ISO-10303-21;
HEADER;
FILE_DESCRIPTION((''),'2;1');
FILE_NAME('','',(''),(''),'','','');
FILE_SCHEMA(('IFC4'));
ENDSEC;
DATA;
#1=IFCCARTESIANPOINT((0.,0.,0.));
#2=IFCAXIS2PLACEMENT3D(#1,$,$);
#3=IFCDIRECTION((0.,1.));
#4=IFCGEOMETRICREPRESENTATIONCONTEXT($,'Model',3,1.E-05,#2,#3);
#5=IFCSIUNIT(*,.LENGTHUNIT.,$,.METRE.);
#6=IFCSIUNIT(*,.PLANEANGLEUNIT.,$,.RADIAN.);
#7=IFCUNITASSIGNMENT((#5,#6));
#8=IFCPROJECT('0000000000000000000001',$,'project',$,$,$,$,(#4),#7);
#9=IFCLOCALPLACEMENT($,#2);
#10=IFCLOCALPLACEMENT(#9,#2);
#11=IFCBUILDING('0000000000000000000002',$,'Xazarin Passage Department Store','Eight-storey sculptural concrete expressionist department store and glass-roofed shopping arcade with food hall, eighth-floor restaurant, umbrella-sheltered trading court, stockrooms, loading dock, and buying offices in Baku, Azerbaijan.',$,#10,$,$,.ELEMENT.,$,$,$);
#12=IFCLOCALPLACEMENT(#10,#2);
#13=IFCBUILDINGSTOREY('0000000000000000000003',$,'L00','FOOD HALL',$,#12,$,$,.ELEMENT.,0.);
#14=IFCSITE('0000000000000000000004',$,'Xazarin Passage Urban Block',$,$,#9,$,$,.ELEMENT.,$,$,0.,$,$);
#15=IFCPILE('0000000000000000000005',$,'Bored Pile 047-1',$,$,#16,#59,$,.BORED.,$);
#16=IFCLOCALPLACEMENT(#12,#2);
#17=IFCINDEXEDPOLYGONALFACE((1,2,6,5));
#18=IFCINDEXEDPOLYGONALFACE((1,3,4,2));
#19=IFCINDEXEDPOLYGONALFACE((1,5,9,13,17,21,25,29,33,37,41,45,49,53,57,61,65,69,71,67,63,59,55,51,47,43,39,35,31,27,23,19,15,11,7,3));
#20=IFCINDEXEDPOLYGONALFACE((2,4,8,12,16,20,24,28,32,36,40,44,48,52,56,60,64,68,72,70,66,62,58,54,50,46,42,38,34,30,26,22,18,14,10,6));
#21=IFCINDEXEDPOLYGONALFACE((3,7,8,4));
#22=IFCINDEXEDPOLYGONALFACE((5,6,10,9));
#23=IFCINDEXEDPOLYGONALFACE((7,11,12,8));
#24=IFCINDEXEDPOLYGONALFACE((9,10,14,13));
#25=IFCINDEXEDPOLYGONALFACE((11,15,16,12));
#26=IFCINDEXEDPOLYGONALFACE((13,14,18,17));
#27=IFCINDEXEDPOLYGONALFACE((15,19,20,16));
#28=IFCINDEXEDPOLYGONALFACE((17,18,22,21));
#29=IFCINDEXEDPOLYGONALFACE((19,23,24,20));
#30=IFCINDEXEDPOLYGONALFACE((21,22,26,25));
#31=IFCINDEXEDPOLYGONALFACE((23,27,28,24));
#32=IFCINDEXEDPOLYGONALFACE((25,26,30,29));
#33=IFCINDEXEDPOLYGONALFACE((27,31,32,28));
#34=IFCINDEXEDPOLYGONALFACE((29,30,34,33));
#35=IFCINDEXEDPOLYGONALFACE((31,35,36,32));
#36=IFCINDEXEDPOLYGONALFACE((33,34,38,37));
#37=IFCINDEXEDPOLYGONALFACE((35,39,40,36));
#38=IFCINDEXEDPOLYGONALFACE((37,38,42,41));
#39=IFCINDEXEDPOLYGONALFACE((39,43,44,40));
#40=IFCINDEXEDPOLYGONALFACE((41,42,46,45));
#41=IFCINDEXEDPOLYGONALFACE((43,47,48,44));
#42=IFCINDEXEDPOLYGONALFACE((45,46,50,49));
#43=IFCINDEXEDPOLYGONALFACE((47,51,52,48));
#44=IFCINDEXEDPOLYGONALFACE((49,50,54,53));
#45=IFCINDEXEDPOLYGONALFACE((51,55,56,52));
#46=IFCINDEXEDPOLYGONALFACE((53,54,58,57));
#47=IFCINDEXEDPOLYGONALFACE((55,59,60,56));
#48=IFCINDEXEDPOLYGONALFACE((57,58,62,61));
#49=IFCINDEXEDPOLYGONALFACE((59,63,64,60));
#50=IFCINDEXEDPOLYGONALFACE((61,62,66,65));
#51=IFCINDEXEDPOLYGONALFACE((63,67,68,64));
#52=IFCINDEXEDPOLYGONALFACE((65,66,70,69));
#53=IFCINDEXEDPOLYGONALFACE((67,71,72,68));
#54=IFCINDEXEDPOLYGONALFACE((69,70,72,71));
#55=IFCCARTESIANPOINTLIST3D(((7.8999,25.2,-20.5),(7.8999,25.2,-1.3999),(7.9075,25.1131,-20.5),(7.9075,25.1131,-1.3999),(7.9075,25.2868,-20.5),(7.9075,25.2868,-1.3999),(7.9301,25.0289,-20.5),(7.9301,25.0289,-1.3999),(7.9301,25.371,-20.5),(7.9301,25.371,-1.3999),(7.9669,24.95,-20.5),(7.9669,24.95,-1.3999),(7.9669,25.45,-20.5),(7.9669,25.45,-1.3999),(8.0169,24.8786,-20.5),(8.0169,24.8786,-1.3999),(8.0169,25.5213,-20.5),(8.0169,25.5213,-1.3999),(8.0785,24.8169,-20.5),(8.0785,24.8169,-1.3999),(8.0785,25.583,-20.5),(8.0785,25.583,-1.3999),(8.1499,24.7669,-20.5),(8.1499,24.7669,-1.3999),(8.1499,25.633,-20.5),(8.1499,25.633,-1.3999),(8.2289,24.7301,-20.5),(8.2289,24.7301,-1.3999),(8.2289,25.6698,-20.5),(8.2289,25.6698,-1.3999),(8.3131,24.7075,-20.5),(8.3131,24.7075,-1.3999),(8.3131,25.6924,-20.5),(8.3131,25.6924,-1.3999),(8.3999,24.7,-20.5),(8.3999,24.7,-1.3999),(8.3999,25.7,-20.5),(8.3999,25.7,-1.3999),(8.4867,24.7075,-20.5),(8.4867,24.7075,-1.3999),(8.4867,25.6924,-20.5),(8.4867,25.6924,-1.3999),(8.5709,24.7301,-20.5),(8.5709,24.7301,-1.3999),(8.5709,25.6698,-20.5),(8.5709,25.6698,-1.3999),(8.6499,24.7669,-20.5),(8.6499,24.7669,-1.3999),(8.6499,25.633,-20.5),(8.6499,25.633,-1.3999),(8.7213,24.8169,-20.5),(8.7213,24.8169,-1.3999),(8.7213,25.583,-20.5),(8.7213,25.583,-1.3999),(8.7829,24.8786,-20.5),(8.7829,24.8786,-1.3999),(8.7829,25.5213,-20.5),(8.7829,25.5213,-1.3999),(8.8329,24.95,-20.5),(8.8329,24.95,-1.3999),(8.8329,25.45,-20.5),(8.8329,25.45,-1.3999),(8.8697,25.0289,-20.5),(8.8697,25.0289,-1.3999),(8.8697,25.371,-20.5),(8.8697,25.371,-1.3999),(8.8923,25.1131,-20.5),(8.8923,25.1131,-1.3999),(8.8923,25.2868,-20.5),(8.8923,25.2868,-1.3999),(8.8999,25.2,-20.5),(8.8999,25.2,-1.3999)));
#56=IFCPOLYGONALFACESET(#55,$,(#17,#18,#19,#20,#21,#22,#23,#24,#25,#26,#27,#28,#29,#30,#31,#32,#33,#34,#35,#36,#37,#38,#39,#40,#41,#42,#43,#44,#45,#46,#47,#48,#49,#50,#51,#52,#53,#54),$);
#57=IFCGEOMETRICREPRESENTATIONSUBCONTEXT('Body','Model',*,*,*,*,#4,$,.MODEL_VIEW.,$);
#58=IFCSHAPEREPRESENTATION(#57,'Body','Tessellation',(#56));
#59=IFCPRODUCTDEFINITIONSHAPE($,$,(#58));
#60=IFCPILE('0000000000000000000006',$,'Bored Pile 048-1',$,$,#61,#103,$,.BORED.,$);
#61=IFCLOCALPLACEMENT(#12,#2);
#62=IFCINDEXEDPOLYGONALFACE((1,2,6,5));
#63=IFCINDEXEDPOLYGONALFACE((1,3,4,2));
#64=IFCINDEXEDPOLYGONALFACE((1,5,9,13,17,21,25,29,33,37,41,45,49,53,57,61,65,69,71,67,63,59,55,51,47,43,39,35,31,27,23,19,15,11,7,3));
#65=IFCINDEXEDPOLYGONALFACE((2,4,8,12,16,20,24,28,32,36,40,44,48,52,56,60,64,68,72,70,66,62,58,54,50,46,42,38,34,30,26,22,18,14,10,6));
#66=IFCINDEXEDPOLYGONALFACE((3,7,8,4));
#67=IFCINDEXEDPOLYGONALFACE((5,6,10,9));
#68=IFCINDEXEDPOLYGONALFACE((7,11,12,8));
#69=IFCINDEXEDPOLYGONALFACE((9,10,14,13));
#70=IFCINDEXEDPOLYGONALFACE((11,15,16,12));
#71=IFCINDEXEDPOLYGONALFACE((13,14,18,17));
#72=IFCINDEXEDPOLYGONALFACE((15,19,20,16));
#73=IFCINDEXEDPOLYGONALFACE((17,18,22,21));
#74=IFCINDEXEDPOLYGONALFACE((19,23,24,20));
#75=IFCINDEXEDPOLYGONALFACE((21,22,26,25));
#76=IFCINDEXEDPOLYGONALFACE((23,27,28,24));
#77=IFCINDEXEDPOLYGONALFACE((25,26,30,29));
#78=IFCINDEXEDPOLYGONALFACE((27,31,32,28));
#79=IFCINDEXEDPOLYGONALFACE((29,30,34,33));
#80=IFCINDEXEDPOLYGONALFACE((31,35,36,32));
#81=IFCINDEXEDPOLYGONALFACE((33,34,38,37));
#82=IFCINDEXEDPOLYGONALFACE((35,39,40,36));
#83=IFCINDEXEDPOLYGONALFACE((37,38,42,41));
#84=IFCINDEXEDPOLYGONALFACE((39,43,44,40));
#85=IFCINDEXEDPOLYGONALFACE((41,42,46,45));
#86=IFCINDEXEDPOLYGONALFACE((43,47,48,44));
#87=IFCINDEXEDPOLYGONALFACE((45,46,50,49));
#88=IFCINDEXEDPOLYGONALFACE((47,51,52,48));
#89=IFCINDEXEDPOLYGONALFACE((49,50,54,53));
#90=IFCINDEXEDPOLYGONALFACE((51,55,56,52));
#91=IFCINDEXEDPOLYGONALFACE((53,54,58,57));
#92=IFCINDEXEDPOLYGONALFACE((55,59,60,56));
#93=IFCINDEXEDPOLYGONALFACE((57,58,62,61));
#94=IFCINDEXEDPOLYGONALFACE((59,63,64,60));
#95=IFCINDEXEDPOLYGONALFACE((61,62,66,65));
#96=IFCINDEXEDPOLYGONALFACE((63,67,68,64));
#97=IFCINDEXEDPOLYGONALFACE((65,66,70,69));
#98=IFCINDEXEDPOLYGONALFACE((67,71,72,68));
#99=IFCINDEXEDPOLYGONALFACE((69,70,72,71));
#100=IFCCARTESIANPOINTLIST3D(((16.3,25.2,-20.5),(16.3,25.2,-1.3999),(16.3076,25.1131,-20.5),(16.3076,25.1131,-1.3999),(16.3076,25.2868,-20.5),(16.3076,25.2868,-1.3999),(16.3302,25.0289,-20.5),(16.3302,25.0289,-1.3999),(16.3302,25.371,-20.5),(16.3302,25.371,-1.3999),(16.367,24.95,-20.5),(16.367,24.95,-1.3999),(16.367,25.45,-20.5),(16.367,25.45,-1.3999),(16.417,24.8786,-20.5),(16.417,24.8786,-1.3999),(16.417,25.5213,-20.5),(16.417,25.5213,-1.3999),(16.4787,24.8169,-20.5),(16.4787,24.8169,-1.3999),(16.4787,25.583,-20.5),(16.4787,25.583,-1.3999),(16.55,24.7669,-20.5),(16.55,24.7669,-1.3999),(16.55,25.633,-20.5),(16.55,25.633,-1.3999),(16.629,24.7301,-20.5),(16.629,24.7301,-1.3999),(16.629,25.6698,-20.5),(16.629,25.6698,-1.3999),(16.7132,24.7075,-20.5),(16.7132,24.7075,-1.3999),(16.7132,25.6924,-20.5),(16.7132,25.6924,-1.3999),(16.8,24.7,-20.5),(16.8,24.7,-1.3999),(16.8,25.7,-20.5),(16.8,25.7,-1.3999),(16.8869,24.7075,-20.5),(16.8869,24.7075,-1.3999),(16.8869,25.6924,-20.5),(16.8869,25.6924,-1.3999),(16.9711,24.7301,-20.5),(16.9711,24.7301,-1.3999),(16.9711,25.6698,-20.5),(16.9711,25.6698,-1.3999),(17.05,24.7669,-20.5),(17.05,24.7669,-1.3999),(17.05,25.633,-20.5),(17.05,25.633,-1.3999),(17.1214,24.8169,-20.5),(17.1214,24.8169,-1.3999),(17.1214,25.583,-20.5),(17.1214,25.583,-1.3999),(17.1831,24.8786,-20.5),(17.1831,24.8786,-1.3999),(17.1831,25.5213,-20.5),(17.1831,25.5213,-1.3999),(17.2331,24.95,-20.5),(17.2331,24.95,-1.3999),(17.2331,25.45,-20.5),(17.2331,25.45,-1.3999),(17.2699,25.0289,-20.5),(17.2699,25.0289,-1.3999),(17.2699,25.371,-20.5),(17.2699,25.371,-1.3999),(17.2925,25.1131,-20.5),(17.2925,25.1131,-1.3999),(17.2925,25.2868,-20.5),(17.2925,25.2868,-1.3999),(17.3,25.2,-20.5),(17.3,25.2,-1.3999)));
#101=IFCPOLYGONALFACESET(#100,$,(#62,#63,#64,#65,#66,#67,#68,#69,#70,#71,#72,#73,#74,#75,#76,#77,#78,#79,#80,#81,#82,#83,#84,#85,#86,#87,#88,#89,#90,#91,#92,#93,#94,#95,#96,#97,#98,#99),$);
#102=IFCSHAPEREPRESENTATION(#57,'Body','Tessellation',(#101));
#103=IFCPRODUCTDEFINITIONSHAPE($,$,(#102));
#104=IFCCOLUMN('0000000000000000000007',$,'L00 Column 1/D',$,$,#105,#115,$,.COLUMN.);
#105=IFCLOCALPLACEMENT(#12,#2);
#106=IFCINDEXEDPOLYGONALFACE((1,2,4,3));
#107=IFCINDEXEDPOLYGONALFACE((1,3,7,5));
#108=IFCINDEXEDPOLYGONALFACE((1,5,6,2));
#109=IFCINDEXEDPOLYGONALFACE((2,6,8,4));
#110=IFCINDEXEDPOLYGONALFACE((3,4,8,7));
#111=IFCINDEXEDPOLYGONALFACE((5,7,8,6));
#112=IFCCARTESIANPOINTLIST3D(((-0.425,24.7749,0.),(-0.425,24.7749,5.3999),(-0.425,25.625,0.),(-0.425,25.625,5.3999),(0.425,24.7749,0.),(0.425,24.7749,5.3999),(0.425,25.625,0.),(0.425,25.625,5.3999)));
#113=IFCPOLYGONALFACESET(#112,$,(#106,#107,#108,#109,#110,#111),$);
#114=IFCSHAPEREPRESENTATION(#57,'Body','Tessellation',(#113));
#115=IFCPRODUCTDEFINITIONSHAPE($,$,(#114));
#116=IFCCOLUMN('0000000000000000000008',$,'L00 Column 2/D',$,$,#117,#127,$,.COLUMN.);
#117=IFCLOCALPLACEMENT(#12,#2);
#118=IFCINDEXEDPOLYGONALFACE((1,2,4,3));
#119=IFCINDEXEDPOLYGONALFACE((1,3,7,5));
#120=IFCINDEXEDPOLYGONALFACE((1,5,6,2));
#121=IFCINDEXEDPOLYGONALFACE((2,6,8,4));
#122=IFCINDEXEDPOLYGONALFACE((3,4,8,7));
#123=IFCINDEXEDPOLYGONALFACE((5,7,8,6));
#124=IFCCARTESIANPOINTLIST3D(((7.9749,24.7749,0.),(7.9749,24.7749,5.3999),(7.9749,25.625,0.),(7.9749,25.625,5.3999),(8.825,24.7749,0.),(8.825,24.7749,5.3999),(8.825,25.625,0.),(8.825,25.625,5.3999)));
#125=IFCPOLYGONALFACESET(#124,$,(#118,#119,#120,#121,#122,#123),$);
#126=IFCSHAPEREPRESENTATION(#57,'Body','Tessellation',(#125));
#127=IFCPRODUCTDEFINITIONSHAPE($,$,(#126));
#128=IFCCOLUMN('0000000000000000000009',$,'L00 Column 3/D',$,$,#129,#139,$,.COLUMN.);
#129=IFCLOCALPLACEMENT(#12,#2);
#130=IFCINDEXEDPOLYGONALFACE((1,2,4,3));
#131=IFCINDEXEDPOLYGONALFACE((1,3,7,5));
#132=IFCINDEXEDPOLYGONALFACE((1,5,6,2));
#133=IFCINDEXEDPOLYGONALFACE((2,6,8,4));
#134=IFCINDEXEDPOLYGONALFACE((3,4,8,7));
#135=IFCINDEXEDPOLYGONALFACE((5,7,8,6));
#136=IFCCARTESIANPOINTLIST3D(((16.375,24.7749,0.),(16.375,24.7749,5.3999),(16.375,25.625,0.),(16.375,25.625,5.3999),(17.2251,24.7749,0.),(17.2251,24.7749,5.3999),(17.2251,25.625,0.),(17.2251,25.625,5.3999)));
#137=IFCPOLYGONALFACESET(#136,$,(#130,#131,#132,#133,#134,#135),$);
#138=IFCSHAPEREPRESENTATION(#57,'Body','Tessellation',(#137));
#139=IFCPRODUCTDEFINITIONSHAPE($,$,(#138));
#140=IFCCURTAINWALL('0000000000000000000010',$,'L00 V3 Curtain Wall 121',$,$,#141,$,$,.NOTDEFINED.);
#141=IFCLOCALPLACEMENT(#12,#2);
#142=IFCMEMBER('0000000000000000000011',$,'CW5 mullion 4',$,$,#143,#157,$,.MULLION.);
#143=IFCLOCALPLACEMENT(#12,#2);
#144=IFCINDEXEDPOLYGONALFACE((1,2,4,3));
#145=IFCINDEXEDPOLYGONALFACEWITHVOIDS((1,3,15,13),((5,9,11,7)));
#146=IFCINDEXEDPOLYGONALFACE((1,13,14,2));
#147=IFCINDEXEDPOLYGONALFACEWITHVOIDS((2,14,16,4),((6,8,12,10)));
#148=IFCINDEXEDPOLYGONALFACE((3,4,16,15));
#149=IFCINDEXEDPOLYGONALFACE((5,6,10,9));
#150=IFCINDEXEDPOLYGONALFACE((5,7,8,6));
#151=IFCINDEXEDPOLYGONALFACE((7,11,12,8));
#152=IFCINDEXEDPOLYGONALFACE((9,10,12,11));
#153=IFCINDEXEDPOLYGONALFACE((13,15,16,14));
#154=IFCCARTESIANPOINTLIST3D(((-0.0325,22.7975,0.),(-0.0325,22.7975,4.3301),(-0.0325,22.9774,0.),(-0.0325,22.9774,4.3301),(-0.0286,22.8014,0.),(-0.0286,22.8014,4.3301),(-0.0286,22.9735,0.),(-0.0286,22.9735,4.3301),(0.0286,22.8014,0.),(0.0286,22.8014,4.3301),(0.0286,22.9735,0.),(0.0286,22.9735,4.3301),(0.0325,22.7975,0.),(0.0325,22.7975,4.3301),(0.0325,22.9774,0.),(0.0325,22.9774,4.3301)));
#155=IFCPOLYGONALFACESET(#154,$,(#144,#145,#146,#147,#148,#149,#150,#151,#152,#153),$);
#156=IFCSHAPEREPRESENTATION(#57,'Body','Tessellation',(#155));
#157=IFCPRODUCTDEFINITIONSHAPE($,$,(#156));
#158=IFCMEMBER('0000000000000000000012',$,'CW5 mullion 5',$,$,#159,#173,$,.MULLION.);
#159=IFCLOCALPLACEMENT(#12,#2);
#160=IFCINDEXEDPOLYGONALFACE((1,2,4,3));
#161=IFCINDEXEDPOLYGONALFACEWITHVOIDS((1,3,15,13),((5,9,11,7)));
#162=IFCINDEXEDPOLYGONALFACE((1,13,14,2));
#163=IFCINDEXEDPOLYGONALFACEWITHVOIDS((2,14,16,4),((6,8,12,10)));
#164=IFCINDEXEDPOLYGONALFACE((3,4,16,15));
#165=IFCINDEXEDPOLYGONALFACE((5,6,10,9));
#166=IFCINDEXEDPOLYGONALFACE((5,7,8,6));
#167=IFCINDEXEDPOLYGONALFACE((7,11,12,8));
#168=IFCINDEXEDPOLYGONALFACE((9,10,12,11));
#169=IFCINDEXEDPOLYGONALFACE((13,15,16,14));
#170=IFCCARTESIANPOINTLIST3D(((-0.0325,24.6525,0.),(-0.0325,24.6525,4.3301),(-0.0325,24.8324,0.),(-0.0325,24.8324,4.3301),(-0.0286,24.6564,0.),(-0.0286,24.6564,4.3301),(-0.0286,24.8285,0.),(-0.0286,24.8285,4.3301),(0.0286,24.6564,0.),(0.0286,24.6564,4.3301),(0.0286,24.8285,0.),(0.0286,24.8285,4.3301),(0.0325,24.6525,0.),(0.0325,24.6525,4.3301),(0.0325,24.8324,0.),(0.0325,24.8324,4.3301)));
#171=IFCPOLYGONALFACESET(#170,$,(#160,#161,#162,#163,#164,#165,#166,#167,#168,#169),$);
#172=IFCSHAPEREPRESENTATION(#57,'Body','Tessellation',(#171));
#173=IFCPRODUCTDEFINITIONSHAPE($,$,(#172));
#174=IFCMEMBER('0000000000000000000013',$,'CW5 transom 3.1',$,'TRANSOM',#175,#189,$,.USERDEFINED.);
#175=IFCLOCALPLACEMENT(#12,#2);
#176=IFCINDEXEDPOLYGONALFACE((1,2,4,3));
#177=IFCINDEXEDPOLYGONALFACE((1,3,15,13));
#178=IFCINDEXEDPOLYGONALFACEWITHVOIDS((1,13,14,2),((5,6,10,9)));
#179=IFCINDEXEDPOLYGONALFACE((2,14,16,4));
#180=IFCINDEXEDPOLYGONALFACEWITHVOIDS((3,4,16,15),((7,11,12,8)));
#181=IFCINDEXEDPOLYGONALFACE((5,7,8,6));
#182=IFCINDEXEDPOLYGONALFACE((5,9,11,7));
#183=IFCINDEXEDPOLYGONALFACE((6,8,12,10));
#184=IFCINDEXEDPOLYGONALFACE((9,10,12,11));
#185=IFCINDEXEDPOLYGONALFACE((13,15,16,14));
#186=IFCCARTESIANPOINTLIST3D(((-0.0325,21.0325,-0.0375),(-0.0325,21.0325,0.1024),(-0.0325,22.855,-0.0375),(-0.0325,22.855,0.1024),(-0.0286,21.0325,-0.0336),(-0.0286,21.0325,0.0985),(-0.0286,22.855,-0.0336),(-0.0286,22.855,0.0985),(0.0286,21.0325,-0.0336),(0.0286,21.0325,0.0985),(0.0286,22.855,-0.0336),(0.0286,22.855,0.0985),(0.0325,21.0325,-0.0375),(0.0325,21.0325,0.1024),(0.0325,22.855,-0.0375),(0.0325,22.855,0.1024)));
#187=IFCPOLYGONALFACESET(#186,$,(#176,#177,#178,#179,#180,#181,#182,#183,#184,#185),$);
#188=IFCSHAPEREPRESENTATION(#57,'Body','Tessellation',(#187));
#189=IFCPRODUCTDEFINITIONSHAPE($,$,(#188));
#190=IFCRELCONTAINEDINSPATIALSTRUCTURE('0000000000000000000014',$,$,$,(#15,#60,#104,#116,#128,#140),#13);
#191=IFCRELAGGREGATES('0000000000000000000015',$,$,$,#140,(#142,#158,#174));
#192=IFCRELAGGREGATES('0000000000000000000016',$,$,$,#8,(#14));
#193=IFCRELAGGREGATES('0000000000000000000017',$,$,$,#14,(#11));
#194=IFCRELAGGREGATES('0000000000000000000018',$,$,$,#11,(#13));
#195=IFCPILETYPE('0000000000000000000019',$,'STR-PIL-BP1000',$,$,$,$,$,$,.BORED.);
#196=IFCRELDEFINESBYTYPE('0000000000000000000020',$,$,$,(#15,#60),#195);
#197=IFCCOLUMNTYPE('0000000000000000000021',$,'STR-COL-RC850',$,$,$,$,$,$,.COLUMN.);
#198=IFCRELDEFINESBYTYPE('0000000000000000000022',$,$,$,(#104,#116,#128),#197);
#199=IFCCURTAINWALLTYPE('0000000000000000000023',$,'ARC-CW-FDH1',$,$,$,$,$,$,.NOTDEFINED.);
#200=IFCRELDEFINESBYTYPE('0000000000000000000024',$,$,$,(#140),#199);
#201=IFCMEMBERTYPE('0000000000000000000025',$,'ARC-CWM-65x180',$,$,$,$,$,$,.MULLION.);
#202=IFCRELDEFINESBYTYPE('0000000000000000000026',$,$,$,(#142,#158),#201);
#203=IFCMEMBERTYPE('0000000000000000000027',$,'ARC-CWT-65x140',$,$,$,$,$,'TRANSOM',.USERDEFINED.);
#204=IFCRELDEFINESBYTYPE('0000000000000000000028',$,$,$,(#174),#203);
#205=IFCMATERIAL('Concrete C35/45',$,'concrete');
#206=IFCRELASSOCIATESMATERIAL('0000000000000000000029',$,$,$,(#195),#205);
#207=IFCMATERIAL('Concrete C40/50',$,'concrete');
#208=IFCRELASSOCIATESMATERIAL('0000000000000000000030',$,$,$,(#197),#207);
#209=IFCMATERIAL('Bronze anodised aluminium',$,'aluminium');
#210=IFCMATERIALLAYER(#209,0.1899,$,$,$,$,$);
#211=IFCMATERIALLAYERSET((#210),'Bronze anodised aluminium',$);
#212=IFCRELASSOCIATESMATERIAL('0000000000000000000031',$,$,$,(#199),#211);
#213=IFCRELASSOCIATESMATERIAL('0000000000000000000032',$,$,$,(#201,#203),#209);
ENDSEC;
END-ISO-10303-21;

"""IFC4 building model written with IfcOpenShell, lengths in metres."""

from ifc_helpers import new_model, si_unit, direction, frame, origin, origin_2d, place, context, subcontext, project, spatial, rectangle, hollow_rectangle, circle, extrude, material, layer, layer_set, material_profile, profile_set, type_object, element, aggregate, save


model = new_model("IFC4")

# Units and contexts
model_context = context("Model", 3, precision=1e-05, world=origin(), true_north=direction((0.0, 1.0)))
body_context = subcontext(model_context, "Body", "Model", "MODEL_VIEW")
ifc_project = project(units=[si_unit("LENGTHUNIT", "METRE"), si_unit("PLANEANGLEUNIT", "RADIAN")], contexts=[model_context])

# Site, building, storey
site_placement = place(None, origin())
site = spatial("IfcSite", under=ifc_project, at=site_placement, Name="Xazarin Passage Urban Block", CompositionType="ELEMENT", RefElevation=0.0)
building_placement = place(site_placement, origin())
building = spatial("IfcBuilding", under=site, at=building_placement, Name="Xazarin Passage Department Store", Description="Eight-storey sculptural concrete expressionist department store and glass-roofed shopping arcade with food hall, eighth-floor restaurant, umbrella-sheltered trading court, stockrooms, loading dock, and buying offices in Baku, Azerbaijan.", CompositionType="ELEMENT")
storey_placement = place(building_placement, origin())
storey = spatial("IfcBuildingStorey", under=building, at=storey_placement, Name="L00", Description="FOOD HALL", CompositionType="ELEMENT", Elevation=0.0)

# Shared definitions
ifc_material_1 = material(Name="Concrete C35/45", Category="concrete")

# Piles
ifc_material_profile_1 = material_profile(ifc_material_1, circle(Radius=0.5, at=origin_2d()), Name="BP 1000")
ifc_profile_set_1 = profile_set([ifc_material_profile_1], Name="Concrete C35/45")
pile_type = type_object("IfcPileType", Name="STR-PIL-BP1000", PredefinedType="BORED", material=ifc_profile_set_1)
for number, where, z_axis, x_axis, name in (
    (1, (8.3999, 25.2, -1.3999), (0.0, 0.0, -1.0), (1.0, 0.0, 0.0), "Bored Pile 047-1"),
    (2, (16.8, 25.2, -1.3999), (0.0, 0.0, -1.0), (1.0, 0.0, 0.0), "Bored Pile 048-1"),
):
    element("IfcPile", number, at=place(storey_placement, frame(where, z_axis=z_axis, x_axis=x_axis)), inside=storey, type_object=pile_type, Name=name, PredefinedType="BORED", context=body_context, shape_type="SweptSolid", body=[
        extrude(circle(Radius=0.5, at=origin_2d()), origin(), (0.0, 0.0, 1.0), 19.1001),
    ])

# Columns
ifc_material_2 = material(Name="Concrete C40/50", Category="concrete")
ifc_material_profile_2 = material_profile(ifc_material_2, rectangle(XDim=0.8501, YDim=0.8501, at=origin_2d()), Name="RC 850x850")
ifc_profile_set_2 = profile_set([ifc_material_profile_2], Name="Concrete C40/50")
column_type = type_object("IfcColumnType", Name="STR-COL-RC850", PredefinedType="COLUMN", material=ifc_profile_set_2)
for number, where, z_axis, x_axis, name in (
    (3, (0.0, 25.2, 0.0), (0.0, 0.0, 1.0), (1.0, 0.0, 0.0), "L00 Column 1/D"),
    (4, (8.3999, 25.2, 0.0), (0.0, 0.0, 1.0), (1.0, 0.0, 0.0), "L00 Column 2/D"),
    (5, (16.8, 25.2, 0.0), (0.0, 0.0, 1.0), (1.0, 0.0, 0.0), "L00 Column 3/D"),
):
    element("IfcColumn", number, at=place(storey_placement, frame(where, z_axis=z_axis, x_axis=x_axis)), inside=storey, type_object=column_type, Name=name, PredefinedType="COLUMN", context=body_context, shape_type="SweptSolid", body=[
        extrude(rectangle(XDim=0.8501, YDim=0.8501, at=origin_2d()), origin(), (0.0, 0.0, 1.0), 5.3999),
    ])

# Curtain wall, members
ifc_material_3 = material(Name="Bronze anodised aluminium", Category="aluminium")
ifc_layer_1 = layer(ifc_material_3, 0.1899)
ifc_layer_set_1 = layer_set([ifc_layer_1], Name="Bronze anodised aluminium")
curtain_wall_type = type_object("IfcCurtainWallType", Name="ARC-CW-FDH1", PredefinedType="NOTDEFINED", material=ifc_layer_set_1)
curtain_wall_placement = place(storey_placement, origin())
curtain_wall = element("IfcCurtainWall", 6, at=curtain_wall_placement, inside=storey, type_object=curtain_wall_type, Name="L00 V3 Curtain Wall 121", PredefinedType="NOTDEFINED")
ifc_material_profile_3 = material_profile(ifc_material_3, hollow_rectangle(XDim=0.0649, YDim=0.1799, WallThickness=0.0039, at=origin_2d()), Name="ALU 65x180")
ifc_profile_set_3 = profile_set([ifc_material_profile_3], Name="Bronze anodised aluminium")
member_type_1 = type_object("IfcMemberType", Name="ARC-CWM-65x180", PredefinedType="MULLION", material=ifc_profile_set_3)
member_1_placement = place(storey_placement, frame((0.0, 22.8875, 0.0), z_axis=(0.0, 0.0, 1.0), x_axis=(-1.0, 0.0, 0.0)))
member_1 = element("IfcMember", 7, at=member_1_placement, type_object=member_type_1, Name="CW5 mullion 4", PredefinedType="MULLION", context=body_context, shape_type="SweptSolid", body=[
    extrude(hollow_rectangle(XDim=0.0649, YDim=0.1799, WallThickness=0.0039, at=origin_2d()), origin(), (0.0, 0.0, 1.0), 4.3301),
])
member_2_placement = place(storey_placement, frame((0.0, 24.7424, 0.0), z_axis=(0.0, 0.0, 1.0), x_axis=(-1.0, 0.0, 0.0)))
member_2 = element("IfcMember", 8, at=member_2_placement, type_object=member_type_1, Name="CW5 mullion 5", PredefinedType="MULLION", context=body_context, shape_type="SweptSolid", body=[
    extrude(hollow_rectangle(XDim=0.0649, YDim=0.1799, WallThickness=0.0039, at=origin_2d()), origin(), (0.0, 0.0, 1.0), 4.3301),
])
ifc_material_profile_4 = material_profile(ifc_material_3, hollow_rectangle(XDim=0.0649, YDim=0.1399, WallThickness=0.0039, at=origin_2d()), Name="ALU 65x140")
ifc_profile_set_4 = profile_set([ifc_material_profile_4], Name="Bronze anodised aluminium")
member_type_2 = type_object("IfcMemberType", Name="ARC-CWT-65x140", ElementType="TRANSOM", PredefinedType="USERDEFINED", material=ifc_profile_set_4)
member_3_placement = place(storey_placement, frame((0.0, 21.0325, 0.0325), z_axis=(0.0, 1.0, 0.0), x_axis=(-1.0, 0.0, 0.0)))
member_3 = element("IfcMember", 9, at=member_3_placement, type_object=member_type_2, Name="CW5 transom 3.1", ObjectType="TRANSOM", PredefinedType="USERDEFINED", context=body_context, shape_type="SweptSolid", body=[
    extrude(hollow_rectangle(XDim=0.0649, YDim=0.1399, WallThickness=0.0039, at=origin_2d()), origin(), (0.0, 0.0, 1.0), 1.8225),
])
aggregate(curtain_wall, [member_1, member_2, member_3])

save(model, "model.ifc")
